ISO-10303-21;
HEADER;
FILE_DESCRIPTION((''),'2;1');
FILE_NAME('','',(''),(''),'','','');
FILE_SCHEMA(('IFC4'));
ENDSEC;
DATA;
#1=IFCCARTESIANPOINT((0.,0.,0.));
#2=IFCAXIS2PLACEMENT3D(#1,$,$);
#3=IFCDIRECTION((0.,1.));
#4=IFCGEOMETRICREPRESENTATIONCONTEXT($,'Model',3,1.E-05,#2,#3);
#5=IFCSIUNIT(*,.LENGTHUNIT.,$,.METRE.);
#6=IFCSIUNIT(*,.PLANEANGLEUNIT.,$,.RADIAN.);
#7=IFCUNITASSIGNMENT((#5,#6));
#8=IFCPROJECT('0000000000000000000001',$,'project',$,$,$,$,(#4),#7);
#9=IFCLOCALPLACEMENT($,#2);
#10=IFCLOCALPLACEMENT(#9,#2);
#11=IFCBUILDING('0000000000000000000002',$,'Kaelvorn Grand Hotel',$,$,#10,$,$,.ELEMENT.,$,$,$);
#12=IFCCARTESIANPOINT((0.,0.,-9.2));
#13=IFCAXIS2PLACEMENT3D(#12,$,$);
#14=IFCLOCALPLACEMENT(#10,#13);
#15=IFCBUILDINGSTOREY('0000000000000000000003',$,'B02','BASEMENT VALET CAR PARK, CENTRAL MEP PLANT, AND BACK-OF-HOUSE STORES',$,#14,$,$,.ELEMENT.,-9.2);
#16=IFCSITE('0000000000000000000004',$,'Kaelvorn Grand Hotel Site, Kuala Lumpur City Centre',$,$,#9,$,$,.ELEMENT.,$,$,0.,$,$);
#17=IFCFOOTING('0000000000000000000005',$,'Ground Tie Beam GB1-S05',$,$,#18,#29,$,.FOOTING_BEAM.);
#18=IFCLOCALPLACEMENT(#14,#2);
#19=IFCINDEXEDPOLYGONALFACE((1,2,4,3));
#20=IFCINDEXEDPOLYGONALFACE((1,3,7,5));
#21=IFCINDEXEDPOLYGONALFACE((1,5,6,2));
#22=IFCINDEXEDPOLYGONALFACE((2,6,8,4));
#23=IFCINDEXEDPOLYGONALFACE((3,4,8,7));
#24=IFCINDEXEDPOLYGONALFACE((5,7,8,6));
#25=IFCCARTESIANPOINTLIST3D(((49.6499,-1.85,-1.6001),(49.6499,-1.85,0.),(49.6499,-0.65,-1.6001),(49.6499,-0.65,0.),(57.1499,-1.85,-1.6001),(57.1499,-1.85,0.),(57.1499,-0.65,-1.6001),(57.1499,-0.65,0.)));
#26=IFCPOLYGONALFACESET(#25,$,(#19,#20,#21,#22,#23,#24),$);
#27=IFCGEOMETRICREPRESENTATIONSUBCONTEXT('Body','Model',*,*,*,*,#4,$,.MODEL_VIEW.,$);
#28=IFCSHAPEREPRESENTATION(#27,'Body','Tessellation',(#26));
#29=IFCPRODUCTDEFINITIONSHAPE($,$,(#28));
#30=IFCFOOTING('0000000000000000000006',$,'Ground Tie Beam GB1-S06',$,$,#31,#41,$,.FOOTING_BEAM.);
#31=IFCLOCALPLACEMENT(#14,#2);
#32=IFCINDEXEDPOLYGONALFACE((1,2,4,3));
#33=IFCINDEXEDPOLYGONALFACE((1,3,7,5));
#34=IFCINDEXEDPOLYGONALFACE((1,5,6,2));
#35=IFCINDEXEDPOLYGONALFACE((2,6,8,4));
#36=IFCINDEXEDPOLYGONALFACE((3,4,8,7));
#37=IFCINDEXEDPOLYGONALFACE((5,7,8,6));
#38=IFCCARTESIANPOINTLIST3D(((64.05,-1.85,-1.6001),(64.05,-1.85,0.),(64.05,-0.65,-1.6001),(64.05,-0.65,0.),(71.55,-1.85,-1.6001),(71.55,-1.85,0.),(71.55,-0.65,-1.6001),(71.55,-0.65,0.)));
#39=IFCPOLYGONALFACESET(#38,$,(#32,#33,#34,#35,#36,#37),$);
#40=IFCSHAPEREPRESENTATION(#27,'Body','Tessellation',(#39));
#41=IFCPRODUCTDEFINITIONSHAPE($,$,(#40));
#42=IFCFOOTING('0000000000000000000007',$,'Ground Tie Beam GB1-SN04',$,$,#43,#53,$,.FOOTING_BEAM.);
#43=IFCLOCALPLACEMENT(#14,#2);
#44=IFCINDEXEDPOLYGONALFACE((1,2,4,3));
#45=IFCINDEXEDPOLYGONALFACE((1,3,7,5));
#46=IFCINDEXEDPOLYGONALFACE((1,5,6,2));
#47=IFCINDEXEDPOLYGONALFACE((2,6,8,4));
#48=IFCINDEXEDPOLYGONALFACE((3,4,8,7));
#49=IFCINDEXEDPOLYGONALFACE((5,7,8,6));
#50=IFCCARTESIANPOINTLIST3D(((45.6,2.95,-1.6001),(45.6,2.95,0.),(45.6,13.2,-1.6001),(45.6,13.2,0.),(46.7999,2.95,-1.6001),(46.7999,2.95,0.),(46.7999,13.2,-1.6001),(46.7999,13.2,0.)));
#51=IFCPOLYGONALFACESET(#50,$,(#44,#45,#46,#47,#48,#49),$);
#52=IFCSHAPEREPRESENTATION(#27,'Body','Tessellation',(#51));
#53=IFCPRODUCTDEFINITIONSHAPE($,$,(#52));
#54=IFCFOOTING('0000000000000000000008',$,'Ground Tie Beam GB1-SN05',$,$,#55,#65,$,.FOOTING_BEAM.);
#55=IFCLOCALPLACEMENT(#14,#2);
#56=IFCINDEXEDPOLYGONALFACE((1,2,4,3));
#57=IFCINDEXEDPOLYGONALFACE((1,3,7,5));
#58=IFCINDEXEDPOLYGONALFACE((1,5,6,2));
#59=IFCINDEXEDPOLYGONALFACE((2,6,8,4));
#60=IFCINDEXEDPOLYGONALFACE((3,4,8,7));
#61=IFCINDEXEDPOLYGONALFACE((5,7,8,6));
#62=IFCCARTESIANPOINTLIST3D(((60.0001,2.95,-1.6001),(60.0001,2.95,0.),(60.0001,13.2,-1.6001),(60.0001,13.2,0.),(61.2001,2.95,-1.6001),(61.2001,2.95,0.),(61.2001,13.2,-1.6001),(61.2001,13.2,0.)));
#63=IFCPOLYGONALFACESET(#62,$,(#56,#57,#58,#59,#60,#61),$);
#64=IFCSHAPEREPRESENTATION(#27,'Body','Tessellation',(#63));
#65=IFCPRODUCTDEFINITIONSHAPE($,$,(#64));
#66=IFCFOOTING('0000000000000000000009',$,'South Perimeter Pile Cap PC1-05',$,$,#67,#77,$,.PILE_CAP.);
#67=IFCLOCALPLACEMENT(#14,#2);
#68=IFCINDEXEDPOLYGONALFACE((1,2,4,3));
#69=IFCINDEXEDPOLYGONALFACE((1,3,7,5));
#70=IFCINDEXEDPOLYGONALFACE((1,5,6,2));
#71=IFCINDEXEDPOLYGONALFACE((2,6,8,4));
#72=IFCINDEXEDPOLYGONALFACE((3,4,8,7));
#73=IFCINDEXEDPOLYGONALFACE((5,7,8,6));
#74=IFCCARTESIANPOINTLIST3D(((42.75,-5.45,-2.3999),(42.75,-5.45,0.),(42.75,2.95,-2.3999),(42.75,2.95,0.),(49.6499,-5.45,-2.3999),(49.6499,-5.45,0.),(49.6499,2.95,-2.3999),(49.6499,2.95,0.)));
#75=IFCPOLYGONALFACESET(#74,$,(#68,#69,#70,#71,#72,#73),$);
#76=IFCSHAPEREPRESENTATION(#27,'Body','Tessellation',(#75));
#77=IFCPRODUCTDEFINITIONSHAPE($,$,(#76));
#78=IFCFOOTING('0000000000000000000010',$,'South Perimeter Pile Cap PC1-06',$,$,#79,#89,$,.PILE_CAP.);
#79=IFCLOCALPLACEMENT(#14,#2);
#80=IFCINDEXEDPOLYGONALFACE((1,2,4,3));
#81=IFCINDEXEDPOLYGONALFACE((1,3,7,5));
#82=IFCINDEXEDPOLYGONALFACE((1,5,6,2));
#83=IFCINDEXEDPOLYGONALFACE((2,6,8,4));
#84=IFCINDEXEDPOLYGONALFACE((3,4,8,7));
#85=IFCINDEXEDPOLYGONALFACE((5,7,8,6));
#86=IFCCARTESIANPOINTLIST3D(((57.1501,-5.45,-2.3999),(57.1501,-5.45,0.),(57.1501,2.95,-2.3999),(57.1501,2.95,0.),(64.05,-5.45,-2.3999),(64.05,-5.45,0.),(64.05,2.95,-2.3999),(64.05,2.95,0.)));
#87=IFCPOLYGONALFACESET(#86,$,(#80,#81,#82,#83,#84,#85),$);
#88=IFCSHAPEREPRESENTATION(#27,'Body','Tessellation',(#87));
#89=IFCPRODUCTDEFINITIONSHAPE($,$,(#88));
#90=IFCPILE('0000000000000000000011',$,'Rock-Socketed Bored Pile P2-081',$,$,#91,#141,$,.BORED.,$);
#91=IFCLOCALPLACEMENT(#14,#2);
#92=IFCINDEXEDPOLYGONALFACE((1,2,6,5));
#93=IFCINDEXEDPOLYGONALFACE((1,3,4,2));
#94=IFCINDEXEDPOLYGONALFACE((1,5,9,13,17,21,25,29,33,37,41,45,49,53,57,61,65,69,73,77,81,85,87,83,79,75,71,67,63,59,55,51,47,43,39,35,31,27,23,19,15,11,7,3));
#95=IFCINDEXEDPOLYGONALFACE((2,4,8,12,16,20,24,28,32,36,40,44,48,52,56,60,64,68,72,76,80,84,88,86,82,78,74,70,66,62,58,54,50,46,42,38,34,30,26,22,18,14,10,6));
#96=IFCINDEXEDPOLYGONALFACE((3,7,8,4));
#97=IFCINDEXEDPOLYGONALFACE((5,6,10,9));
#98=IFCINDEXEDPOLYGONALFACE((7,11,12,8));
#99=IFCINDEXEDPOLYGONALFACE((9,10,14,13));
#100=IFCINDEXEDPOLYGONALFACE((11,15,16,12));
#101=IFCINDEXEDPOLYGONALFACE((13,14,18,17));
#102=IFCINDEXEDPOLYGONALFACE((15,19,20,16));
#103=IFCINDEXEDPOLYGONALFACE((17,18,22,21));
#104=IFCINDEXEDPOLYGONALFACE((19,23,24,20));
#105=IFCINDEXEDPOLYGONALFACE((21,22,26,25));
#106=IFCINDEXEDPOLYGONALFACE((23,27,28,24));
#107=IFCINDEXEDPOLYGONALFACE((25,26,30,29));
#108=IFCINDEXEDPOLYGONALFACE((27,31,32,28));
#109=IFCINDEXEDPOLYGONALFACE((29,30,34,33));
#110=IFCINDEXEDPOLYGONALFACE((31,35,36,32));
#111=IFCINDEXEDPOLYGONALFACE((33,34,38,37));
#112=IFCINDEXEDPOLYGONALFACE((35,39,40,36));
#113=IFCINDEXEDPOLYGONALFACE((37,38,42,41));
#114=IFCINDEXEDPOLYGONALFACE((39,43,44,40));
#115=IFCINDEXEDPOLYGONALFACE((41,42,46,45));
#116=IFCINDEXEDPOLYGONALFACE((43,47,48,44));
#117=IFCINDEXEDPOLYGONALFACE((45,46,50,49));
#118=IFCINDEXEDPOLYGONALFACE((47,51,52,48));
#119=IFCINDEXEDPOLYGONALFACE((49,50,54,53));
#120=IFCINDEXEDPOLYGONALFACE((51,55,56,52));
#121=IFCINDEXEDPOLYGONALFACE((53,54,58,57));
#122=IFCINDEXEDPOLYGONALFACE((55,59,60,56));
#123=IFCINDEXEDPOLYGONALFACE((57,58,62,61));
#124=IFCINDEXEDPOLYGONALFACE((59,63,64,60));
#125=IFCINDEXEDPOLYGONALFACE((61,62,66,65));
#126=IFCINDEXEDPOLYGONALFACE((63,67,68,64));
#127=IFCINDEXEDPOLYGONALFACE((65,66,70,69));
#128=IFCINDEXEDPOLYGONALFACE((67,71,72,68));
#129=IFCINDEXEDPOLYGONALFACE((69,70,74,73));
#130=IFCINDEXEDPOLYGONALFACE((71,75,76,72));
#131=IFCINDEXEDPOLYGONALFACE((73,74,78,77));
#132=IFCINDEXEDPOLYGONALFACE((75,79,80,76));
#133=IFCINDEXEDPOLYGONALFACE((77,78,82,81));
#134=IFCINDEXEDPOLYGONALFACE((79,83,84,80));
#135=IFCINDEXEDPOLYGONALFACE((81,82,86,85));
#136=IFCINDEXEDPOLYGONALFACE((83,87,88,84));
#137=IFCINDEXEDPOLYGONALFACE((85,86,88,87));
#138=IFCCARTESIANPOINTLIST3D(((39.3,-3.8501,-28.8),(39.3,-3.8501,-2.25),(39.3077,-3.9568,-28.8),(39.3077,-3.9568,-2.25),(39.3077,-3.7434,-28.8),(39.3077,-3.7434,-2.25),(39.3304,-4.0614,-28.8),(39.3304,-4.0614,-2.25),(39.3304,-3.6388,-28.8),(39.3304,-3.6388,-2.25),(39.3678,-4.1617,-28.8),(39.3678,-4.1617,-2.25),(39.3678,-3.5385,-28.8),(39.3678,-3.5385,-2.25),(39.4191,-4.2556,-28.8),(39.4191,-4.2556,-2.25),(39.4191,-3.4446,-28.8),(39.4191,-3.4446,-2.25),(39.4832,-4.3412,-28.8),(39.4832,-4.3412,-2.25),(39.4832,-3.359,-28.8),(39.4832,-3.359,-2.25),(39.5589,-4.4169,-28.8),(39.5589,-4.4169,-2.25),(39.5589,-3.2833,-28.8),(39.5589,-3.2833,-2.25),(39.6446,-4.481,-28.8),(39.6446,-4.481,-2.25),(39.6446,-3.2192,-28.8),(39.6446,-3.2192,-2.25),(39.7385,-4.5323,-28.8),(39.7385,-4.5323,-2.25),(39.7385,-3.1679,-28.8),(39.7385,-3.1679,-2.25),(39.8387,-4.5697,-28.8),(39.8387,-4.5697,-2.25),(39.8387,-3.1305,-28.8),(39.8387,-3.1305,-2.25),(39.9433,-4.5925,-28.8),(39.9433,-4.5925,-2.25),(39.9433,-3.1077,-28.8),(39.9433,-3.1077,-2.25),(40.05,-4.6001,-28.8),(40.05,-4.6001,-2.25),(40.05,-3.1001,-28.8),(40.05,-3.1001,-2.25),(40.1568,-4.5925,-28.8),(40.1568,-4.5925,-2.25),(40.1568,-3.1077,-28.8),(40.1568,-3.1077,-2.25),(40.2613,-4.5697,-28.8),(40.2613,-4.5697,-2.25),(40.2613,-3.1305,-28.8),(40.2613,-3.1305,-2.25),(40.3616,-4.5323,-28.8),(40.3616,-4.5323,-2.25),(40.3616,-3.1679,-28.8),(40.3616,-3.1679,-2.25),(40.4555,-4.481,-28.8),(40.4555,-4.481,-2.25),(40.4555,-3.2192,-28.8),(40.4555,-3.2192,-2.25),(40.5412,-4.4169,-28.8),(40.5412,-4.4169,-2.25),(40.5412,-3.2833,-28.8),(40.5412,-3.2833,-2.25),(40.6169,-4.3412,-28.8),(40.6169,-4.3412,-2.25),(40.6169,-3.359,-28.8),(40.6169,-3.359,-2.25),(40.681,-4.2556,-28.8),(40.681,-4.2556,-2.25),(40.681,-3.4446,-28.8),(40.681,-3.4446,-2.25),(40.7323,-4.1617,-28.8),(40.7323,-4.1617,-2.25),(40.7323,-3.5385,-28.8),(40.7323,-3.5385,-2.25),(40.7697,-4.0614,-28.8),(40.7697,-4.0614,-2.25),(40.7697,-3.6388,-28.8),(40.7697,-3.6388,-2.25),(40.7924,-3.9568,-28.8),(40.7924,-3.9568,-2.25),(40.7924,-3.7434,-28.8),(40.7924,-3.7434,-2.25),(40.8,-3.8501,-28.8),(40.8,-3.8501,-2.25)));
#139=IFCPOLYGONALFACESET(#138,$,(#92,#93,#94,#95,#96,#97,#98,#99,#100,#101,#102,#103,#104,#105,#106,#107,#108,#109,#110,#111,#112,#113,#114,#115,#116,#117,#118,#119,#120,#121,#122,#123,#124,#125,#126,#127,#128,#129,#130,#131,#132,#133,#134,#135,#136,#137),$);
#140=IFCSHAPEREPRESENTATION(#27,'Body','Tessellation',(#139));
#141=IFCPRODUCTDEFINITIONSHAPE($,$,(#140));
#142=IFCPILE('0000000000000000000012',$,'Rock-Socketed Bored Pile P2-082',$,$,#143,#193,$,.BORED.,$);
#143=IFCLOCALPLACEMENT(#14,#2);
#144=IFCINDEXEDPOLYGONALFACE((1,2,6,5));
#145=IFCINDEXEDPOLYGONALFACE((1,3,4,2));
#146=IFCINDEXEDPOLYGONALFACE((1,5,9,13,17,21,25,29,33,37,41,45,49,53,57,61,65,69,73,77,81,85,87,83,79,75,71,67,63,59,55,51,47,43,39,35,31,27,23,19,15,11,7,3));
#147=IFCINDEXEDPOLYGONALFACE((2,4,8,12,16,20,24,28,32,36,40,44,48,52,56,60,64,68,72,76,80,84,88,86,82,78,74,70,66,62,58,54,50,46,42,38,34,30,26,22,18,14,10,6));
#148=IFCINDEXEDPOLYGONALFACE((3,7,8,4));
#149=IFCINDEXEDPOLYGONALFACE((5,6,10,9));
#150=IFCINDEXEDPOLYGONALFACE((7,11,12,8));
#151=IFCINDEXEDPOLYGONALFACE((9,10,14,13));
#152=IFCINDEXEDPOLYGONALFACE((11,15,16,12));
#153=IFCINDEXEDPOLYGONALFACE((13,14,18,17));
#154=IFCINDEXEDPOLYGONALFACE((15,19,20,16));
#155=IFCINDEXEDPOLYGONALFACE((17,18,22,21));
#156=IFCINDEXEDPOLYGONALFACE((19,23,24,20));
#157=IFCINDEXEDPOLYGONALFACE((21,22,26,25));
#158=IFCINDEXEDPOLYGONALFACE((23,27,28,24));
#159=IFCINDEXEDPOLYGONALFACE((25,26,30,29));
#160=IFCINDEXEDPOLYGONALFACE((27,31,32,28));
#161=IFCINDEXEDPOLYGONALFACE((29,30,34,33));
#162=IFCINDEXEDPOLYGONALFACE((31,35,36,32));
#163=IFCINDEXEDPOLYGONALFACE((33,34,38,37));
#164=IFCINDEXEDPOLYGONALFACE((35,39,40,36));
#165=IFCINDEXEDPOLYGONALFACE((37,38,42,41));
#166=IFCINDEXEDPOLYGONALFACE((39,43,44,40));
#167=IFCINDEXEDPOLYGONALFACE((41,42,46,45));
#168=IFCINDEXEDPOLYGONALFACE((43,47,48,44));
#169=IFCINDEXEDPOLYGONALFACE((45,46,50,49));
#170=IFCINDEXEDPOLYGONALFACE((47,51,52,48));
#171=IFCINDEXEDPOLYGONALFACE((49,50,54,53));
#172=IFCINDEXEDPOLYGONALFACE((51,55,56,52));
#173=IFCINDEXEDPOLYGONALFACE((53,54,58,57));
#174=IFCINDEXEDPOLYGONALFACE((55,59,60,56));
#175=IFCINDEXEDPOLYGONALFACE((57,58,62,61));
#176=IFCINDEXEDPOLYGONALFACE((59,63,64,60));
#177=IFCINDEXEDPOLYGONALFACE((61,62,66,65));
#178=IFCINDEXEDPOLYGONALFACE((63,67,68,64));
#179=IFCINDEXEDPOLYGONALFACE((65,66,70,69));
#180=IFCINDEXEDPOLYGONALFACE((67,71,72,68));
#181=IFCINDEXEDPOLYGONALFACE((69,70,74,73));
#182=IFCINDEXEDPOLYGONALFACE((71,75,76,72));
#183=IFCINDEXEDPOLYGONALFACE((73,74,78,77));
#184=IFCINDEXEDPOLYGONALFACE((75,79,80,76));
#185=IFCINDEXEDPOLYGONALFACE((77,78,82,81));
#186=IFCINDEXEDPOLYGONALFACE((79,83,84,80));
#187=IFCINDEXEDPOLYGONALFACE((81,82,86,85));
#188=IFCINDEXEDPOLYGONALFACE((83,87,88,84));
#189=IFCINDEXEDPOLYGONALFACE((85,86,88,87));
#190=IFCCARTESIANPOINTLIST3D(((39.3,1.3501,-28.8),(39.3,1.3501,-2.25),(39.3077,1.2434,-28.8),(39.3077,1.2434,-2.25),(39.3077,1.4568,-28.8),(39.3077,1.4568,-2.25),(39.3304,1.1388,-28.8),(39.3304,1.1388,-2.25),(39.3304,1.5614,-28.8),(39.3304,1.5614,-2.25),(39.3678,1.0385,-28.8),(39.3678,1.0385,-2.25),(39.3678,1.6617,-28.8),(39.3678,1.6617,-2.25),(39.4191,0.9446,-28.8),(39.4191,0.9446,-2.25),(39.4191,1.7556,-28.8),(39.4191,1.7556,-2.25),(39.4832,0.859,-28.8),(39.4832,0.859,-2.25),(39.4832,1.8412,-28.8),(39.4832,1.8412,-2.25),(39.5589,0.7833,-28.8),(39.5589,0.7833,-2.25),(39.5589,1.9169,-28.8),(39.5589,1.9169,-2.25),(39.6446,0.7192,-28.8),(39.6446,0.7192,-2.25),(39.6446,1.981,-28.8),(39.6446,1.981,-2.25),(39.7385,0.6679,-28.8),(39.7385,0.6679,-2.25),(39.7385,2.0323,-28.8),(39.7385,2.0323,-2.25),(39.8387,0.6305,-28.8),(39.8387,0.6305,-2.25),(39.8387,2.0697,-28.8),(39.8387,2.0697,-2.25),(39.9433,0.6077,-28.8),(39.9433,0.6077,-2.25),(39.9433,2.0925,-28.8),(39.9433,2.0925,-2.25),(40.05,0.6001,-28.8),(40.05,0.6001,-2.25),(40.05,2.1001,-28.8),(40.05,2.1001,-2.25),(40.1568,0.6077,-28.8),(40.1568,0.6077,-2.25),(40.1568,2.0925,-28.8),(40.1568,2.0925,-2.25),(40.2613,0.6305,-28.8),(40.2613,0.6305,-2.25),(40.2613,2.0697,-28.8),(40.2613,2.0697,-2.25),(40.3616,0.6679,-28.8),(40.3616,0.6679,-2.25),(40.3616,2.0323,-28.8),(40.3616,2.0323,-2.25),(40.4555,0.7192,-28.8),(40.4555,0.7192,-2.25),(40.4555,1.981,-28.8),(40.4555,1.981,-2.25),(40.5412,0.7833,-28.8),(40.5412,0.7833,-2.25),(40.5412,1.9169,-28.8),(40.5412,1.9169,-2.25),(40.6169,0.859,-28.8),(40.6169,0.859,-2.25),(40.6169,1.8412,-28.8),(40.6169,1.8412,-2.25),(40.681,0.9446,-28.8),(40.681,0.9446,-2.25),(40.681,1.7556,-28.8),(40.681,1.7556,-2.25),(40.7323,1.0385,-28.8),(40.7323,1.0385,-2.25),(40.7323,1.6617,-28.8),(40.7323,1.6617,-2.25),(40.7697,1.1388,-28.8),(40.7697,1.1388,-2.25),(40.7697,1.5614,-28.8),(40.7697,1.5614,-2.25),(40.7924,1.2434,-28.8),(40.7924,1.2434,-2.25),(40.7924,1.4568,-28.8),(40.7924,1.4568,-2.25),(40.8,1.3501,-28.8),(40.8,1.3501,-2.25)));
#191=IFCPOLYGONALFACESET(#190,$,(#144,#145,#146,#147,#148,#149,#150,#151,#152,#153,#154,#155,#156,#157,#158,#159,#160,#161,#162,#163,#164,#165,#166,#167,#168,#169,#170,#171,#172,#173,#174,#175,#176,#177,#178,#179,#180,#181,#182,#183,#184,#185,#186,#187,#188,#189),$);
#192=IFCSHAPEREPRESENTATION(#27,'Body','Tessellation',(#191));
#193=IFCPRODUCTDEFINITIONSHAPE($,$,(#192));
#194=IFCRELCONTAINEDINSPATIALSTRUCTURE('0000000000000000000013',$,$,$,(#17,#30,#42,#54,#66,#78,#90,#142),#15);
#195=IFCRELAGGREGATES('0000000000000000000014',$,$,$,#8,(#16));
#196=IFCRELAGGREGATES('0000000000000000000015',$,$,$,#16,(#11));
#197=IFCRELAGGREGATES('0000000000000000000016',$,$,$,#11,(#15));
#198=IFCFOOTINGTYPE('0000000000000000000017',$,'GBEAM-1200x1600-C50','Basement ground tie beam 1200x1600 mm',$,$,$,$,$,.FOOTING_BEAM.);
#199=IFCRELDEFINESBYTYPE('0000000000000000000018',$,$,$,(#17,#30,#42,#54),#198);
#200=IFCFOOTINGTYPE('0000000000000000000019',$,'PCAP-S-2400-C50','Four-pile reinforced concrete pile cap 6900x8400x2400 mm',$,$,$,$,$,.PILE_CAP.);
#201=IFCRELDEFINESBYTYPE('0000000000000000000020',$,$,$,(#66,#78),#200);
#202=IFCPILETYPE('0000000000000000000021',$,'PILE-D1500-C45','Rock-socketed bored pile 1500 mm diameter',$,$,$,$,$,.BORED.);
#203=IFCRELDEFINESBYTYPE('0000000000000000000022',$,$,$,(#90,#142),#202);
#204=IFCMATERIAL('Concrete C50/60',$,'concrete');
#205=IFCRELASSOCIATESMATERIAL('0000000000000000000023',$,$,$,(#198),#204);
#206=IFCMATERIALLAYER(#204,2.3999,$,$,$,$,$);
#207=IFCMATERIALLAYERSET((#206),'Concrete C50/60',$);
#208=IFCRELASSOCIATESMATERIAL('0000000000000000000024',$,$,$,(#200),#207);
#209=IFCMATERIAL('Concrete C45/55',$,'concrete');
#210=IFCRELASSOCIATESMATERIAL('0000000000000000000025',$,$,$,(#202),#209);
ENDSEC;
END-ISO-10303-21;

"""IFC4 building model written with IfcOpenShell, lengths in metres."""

from ifc_helpers import new_model, si_unit, direction, frame, origin, origin_2d, place, context, subcontext, project, spatial, rectangle, circle, extrude, material, layer, layer_set, material_profile, profile_set, type_object, element, save


model = new_model("IFC4")

# Units and contexts
model_context = context("Model", 3, precision=1e-05, world=origin(), true_north=direction((0.0, 1.0)))
body_context = subcontext(model_context, "Body", "Model", "MODEL_VIEW")
ifc_project = project(units=[si_unit("LENGTHUNIT", "METRE"), si_unit("PLANEANGLEUNIT", "RADIAN")], contexts=[model_context])

# Site, building, storey
site_placement = place(None, origin())
site = spatial("IfcSite", under=ifc_project, at=site_placement, Name="Kaelvorn Grand Hotel Site, Kuala Lumpur City Centre", CompositionType="ELEMENT", RefElevation=0.0)
building_placement = place(site_placement, origin())
building = spatial("IfcBuilding", under=site, at=building_placement, Name="Kaelvorn Grand Hotel", CompositionType="ELEMENT")
storey_placement = place(building_placement, frame((0.0, 0.0, -9.2)))
storey = spatial("IfcBuildingStorey", under=building, at=storey_placement, Name="B02", Description="BASEMENT VALET CAR PARK, CENTRAL MEP PLANT, AND BACK-OF-HOUSE STORES", CompositionType="ELEMENT", Elevation=-9.2)

# Footings
ifc_material_1 = material(Name="Concrete C50/60", Category="concrete")
ifc_material_profile_1 = material_profile(ifc_material_1, rectangle(XDim=1.2, YDim=1.6001, at=origin_2d()), Name="GB 1200x1600")
ifc_profile_set_1 = profile_set([ifc_material_profile_1], Name="Concrete C50/60")
footing_type_1 = type_object("IfcFootingType", Name="GBEAM-1200x1600-C50", Description="Basement ground tie beam 1200x1600 mm", PredefinedType="FOOTING_BEAM", material=ifc_profile_set_1)
for number, where, z_axis, x_axis, name in (
    (1, (49.6499, -1.25, -0.8), (1.0, 0.0, 0.0), (0.0, 1.0, 0.0), "Ground Tie Beam GB1-S05"),
    (2, (64.05, -1.25, -0.8), (1.0, 0.0, 0.0), (0.0, 1.0, 0.0), "Ground Tie Beam GB1-S06"),
):
    element("IfcFooting", number, at=place(storey_placement, frame(where, z_axis=z_axis, x_axis=x_axis)), inside=storey, type_object=footing_type_1, Name=name, PredefinedType="FOOTING_BEAM", context=body_context, shape_type="SweptSolid", body=[
        extrude(rectangle(XDim=1.2, YDim=1.6001, at=origin_2d()), origin(), (0.0, 0.0, 1.0), 7.5),
    ])
for number, where, z_axis, x_axis, name in (
    (3, (46.2, 2.95, -0.8), (0.0, 1.0, 0.0), (-1.0, 0.0, 0.0), "Ground Tie Beam GB1-SN04"),
    (4, (60.6001, 2.95, -0.8), (0.0, 1.0, 0.0), (-1.0, 0.0, 0.0), "Ground Tie Beam GB1-SN05"),
):
    element("IfcFooting", number, at=place(storey_placement, frame(where, z_axis=z_axis, x_axis=x_axis)), inside=storey, type_object=footing_type_1, Name=name, PredefinedType="FOOTING_BEAM", context=body_context, shape_type="SweptSolid", body=[
        extrude(rectangle(XDim=1.2, YDim=1.6001, at=origin_2d()), origin(), (0.0, 0.0, 1.0), 10.25),
    ])
ifc_layer = layer(ifc_material_1, 2.3999)
ifc_layer_set = layer_set([ifc_layer], Name="Concrete C50/60")
footing_type_2 = type_object("IfcFootingType", Name="PCAP-S-2400-C50", Description="Four-pile reinforced concrete pile cap 6900x8400x2400 mm", PredefinedType="PILE_CAP", material=ifc_layer_set)
for number, where, z_axis, x_axis, name in (
    (5, (46.2, -1.25, -2.3999), (0.0, 0.0, 1.0), (1.0, 0.0, 0.0), "South Perimeter Pile Cap PC1-05"),
    (6, (60.6001, -1.25, -2.3999), (0.0, 0.0, 1.0), (1.0, 0.0, 0.0), "South Perimeter Pile Cap PC1-06"),
):
    element("IfcFooting", number, at=place(storey_placement, frame(where, z_axis=z_axis, x_axis=x_axis)), inside=storey, type_object=footing_type_2, Name=name, PredefinedType="PILE_CAP", context=body_context, shape_type="SweptSolid", body=[
        extrude(rectangle(XDim=6.8999, YDim=8.3999, at=origin_2d()), origin(), (0.0, 0.0, 1.0), 2.3999),
    ])

# Piles
ifc_material_2 = material(Name="Concrete C45/55", Category="concrete")
ifc_material_profile_2 = material_profile(ifc_material_2, circle(Radius=0.75, at=origin_2d()), Name="BORED PILE D1500")
ifc_profile_set_2 = profile_set([ifc_material_profile_2], Name="Concrete C45/55")
pile_type = type_object("IfcPileType", Name="PILE-D1500-C45", Description="Rock-socketed bored pile 1500 mm diameter", PredefinedType="BORED", material=ifc_profile_set_2)
for number, where, z_axis, x_axis, name in (
    (7, (40.05, -3.8501, -2.25), (0.0, 0.0, -1.0), (1.0, 0.0, 0.0), "Rock-Socketed Bored Pile P2-081"),
    (8, (40.05, 1.3501, -2.25), (0.0, 0.0, -1.0), (1.0, 0.0, 0.0), "Rock-Socketed Bored Pile P2-082"),
):
    element("IfcPile", number, at=place(storey_placement, frame(where, z_axis=z_axis, x_axis=x_axis)), inside=storey, type_object=pile_type, Name=name, PredefinedType="BORED", context=body_context, shape_type="SweptSolid", body=[
        extrude(circle(Radius=0.75, at=origin_2d()), origin(), (0.0, 0.0, 1.0), 26.55),
    ])

save(model, "model.ifc")
